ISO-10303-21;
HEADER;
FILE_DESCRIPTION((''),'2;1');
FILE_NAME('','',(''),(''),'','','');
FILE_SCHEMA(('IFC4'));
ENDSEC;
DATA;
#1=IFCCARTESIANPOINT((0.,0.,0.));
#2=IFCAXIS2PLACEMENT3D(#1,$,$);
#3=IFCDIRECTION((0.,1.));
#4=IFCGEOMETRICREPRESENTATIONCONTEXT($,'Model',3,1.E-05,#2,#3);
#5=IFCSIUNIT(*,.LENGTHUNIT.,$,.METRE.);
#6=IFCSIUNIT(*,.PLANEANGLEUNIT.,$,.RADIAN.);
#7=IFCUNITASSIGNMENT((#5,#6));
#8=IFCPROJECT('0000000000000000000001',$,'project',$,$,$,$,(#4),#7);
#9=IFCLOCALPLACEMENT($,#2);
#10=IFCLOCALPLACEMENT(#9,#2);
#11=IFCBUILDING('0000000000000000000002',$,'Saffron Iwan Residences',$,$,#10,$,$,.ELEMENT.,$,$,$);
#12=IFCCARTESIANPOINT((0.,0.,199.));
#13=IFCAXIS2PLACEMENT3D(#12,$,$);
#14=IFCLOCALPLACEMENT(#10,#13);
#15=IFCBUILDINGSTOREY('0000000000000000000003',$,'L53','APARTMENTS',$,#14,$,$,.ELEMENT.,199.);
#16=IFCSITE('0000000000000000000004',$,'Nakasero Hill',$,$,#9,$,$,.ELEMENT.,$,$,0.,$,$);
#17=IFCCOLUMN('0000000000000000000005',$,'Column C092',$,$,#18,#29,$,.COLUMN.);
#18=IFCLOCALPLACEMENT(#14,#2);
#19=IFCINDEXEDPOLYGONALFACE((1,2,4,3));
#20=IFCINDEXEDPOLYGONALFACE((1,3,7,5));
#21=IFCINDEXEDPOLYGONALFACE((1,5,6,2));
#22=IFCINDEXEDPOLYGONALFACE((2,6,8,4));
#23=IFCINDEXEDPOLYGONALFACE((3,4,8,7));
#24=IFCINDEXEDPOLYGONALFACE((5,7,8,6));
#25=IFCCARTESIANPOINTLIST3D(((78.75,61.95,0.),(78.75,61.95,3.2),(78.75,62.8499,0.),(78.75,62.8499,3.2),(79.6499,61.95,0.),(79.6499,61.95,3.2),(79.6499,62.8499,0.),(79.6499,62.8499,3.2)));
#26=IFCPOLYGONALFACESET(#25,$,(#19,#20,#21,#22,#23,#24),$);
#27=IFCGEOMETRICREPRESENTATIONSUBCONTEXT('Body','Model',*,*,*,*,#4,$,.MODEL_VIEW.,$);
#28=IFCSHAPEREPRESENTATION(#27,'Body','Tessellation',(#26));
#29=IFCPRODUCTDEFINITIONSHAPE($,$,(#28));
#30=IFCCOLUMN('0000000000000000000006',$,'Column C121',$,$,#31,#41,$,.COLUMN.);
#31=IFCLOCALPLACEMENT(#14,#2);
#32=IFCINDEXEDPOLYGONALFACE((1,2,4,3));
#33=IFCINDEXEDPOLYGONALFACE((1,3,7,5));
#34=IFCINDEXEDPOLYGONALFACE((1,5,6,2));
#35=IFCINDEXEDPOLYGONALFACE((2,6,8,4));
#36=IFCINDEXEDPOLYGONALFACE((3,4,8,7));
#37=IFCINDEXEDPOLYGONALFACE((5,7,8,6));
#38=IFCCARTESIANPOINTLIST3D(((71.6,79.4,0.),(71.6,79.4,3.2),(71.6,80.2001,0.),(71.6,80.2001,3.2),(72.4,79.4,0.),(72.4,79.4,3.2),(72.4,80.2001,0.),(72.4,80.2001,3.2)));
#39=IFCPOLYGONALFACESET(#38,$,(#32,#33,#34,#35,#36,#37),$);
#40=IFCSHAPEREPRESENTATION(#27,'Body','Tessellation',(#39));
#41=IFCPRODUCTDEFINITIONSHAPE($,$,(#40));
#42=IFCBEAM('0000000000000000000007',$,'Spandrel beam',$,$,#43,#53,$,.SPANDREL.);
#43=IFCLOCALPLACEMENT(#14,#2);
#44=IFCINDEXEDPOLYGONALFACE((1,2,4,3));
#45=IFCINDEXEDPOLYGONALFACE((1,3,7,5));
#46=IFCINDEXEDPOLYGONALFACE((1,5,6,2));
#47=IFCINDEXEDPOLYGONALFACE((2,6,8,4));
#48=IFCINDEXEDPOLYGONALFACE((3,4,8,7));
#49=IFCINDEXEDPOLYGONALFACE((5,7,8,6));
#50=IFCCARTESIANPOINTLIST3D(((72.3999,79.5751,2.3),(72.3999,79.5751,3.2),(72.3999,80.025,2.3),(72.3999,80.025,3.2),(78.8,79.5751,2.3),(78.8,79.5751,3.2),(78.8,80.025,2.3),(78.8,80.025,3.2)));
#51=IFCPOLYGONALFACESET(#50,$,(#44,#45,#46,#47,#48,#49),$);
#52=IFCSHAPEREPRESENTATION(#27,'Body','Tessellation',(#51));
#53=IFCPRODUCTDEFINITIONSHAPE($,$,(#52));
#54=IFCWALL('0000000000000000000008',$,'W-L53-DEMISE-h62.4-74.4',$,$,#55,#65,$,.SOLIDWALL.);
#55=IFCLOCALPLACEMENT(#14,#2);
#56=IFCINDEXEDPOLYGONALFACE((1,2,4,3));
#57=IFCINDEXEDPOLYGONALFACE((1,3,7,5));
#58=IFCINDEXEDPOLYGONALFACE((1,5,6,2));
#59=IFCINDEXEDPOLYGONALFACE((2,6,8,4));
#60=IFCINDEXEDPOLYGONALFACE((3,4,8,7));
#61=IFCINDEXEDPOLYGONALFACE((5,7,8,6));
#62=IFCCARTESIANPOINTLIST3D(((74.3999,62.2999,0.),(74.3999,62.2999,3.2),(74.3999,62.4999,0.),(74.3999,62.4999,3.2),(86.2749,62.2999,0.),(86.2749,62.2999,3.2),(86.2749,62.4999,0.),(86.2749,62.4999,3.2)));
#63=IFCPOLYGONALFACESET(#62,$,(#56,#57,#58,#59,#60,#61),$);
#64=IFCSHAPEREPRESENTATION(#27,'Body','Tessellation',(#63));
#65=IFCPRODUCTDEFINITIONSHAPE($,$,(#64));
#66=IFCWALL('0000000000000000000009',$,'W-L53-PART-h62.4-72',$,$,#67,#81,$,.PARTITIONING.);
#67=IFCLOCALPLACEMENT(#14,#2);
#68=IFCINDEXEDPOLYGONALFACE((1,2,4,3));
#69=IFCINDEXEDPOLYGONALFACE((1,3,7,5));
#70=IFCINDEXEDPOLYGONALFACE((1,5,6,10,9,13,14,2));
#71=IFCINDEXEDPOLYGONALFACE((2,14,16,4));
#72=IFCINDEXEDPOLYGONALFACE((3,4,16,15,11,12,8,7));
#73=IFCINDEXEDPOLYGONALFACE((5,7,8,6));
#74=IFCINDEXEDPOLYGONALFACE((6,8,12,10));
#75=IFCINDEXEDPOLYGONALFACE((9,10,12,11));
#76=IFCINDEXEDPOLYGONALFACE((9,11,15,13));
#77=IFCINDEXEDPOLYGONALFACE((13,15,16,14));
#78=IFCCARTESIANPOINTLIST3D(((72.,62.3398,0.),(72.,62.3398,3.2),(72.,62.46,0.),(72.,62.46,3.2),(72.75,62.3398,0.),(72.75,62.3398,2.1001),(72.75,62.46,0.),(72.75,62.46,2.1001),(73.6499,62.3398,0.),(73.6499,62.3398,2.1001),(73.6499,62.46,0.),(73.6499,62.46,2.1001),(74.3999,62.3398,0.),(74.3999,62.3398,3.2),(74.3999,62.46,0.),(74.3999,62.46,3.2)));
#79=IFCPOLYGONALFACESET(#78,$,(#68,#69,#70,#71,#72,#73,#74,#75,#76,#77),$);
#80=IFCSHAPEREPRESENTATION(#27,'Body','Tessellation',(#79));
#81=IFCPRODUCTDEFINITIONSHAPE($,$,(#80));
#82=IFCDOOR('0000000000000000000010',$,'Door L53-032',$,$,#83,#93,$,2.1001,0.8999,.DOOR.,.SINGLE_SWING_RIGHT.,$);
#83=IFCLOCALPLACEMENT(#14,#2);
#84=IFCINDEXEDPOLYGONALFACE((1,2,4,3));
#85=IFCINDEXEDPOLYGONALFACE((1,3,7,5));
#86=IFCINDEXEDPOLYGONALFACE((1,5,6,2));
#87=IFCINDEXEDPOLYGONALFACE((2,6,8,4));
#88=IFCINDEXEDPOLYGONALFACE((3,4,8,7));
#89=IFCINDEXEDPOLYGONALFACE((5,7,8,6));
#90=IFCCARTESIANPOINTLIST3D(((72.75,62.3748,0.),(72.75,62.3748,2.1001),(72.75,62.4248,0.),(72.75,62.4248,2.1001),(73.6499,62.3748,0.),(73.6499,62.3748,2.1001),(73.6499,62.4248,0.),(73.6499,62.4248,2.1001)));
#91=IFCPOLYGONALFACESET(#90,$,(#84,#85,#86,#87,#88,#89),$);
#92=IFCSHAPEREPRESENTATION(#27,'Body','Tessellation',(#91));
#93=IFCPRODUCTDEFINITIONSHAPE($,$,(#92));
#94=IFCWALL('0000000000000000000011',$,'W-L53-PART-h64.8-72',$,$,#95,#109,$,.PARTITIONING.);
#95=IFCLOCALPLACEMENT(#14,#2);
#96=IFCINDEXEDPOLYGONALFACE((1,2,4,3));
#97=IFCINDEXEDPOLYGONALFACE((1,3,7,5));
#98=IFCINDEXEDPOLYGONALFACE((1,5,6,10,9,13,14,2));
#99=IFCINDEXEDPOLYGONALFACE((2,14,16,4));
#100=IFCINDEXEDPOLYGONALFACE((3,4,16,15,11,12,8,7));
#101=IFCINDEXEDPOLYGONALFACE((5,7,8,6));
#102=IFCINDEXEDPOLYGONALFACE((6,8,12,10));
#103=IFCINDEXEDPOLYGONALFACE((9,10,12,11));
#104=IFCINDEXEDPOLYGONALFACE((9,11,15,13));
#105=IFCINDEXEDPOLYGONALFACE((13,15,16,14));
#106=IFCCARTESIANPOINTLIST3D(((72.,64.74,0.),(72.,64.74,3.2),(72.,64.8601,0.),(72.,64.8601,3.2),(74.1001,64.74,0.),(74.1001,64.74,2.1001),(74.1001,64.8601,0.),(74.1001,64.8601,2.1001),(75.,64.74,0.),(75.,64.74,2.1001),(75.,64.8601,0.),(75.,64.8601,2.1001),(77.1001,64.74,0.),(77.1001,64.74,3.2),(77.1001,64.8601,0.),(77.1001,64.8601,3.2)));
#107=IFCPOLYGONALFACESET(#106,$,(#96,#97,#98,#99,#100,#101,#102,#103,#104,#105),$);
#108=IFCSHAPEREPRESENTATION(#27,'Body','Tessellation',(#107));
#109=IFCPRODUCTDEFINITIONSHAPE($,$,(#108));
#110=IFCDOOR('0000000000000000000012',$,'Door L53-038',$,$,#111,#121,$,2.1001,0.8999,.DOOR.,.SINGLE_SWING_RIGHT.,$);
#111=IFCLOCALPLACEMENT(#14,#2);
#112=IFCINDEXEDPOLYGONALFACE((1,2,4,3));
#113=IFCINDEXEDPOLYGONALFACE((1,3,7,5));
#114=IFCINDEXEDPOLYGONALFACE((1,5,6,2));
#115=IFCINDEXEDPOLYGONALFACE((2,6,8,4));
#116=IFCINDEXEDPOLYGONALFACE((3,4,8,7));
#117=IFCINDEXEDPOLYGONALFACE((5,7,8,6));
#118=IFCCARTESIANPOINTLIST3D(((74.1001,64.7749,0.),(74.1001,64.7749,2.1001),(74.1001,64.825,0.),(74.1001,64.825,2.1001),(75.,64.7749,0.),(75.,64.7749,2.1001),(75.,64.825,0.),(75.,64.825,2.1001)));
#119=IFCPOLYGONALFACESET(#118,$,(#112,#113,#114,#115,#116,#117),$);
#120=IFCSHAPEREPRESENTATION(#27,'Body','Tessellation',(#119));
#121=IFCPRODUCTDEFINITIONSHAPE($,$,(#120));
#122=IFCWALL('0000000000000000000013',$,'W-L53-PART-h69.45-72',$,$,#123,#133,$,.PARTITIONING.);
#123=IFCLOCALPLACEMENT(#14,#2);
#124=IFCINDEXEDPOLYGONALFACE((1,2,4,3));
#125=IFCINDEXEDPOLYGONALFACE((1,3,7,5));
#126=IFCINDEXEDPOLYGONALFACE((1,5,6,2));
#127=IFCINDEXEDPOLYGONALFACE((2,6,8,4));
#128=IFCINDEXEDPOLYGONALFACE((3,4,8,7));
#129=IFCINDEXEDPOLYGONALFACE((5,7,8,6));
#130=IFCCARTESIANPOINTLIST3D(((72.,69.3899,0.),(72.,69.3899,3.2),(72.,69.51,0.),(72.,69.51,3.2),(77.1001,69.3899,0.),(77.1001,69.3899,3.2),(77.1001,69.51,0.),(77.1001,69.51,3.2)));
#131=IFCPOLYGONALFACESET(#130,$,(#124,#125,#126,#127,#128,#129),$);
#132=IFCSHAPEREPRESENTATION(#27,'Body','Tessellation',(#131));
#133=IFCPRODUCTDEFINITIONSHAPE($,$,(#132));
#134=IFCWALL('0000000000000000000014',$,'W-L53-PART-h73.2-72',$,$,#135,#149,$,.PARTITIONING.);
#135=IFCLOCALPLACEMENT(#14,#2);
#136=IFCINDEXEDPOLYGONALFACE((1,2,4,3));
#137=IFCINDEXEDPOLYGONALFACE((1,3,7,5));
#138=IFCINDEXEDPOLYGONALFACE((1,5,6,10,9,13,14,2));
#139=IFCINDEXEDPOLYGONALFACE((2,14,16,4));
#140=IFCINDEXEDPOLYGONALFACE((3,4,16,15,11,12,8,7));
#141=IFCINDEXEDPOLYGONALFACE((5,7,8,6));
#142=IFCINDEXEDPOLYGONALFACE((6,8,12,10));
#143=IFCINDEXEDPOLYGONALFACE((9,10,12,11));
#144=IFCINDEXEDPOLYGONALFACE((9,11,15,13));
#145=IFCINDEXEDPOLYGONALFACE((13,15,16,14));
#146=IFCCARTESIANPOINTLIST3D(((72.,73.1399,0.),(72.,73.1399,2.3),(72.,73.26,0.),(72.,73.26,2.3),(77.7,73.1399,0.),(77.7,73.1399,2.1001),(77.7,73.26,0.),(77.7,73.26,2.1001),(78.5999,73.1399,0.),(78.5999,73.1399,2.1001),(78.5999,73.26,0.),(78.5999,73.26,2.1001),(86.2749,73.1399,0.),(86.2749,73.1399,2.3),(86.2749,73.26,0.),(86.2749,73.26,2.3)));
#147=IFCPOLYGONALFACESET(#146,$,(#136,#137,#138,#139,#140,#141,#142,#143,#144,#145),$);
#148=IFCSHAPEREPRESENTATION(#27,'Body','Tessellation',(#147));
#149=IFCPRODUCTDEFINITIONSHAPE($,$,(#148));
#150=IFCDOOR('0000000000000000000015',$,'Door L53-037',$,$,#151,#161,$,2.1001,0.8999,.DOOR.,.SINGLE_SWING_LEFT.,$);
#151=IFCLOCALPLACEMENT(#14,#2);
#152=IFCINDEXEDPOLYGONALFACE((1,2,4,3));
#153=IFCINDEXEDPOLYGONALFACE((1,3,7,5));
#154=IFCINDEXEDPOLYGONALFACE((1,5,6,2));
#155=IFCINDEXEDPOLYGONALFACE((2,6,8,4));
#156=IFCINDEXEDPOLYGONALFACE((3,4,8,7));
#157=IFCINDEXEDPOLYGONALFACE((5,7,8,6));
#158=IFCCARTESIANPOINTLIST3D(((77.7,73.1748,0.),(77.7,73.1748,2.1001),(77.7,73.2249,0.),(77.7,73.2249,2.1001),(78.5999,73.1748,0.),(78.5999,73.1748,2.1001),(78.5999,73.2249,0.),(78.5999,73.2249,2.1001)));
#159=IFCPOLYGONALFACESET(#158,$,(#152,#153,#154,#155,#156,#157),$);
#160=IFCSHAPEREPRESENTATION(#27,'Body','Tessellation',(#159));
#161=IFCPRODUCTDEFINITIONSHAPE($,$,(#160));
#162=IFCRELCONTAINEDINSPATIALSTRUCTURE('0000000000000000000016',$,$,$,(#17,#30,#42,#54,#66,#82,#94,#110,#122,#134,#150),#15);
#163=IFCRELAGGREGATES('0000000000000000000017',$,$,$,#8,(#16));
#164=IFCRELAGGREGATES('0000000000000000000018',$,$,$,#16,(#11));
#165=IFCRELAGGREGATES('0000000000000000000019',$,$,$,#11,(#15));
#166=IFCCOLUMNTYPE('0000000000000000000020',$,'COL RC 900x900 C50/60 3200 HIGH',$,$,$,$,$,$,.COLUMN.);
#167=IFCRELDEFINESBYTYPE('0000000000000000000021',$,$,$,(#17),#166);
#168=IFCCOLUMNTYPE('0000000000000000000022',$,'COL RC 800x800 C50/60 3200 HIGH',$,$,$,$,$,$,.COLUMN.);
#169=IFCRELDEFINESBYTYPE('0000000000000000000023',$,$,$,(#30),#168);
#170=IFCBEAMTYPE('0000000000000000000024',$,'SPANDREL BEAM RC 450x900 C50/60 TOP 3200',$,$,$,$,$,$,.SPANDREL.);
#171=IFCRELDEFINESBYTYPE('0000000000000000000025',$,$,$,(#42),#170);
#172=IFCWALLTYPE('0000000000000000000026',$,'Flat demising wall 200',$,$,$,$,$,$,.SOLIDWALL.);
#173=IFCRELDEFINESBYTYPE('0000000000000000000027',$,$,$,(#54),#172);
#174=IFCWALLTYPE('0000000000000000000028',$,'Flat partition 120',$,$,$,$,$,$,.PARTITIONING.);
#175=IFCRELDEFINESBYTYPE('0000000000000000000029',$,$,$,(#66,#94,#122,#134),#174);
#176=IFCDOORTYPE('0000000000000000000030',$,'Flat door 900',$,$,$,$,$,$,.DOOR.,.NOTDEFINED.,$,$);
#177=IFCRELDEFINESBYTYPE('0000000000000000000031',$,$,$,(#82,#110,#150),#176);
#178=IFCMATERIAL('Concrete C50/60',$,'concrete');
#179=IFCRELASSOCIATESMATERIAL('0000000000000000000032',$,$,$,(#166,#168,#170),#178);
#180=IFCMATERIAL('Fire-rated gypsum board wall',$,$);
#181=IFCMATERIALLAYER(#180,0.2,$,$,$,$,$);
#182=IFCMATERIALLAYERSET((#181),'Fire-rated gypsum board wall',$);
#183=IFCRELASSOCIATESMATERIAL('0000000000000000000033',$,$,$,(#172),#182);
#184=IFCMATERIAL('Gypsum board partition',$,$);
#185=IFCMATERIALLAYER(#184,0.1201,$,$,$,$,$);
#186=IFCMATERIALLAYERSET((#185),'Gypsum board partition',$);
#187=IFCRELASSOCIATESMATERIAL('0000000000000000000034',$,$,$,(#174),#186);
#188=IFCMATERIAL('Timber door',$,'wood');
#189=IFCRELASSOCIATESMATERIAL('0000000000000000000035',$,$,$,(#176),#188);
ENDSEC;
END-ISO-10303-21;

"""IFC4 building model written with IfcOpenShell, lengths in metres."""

from ifc_helpers import new_model, si_unit, direction, frame, frame_2d, origin, origin_2d, place, context, subcontext, project, spatial, rectangle, extrude, source, transform, mapped, material, layer, layer_set, material_profile, profile_set, type_object, element, fill, save


model = new_model("IFC4")

# Units and contexts
model_context = context("Model", 3, precision=1e-05, world=origin(), true_north=direction((0.0, 1.0)))
body_context = subcontext(model_context, "Body", "Model", "MODEL_VIEW")
ifc_project = project(units=[si_unit("LENGTHUNIT", "METRE"), si_unit("PLANEANGLEUNIT", "RADIAN")], contexts=[model_context])

# Site, building, storey
site_placement = place(None, origin())
site = spatial("IfcSite", under=ifc_project, at=site_placement, Name="Nakasero Hill", CompositionType="ELEMENT", RefElevation=0.0)
building_placement = place(site_placement, origin())
building = spatial("IfcBuilding", under=site, at=building_placement, Name="Saffron Iwan Residences", CompositionType="ELEMENT")
storey_placement = place(building_placement, frame((0.0, 0.0, 199.0)))
storey = spatial("IfcBuildingStorey", under=building, at=storey_placement, Name="L53", Description="APARTMENTS", CompositionType="ELEMENT", Elevation=199.0)

# Columns
ifc_material_1 = material(Name="Concrete C50/60", Category="concrete")
ifc_material_profile_1 = material_profile(ifc_material_1, rectangle(XDim=0.8999, YDim=0.8999, at=origin_2d()), Name="RC 900x900")
ifc_profile_set_1 = profile_set([ifc_material_profile_1], Name="Concrete C50/60")
column_type_1 = type_object("IfcColumnType", Name="COL RC 900x900 C50/60 3200 HIGH", PredefinedType="COLUMN", material=ifc_profile_set_1)
shared_shape_1 = source(origin(), body_context, "Body", "SweptSolid", [
    extrude(rectangle(XDim=0.8999, YDim=0.8999, at=origin_2d()), origin(), (0.0, 0.0, 1.0), 3.2),
])
column_1_placement = place(storey_placement, frame((79.2, 62.3999, 0.0), z_axis=(0.0, 0.0, 1.0), x_axis=(1.0, 0.0, 0.0)))
element("IfcColumn", 1, at=column_1_placement, inside=storey, type_object=column_type_1, Name="Column C092", PredefinedType="COLUMN", context=body_context, shape_type="MappedRepresentation", body=[
    mapped(shared_shape_1, transform((0.0, 0.0, 0.0))),
])
ifc_material_profile_2 = material_profile(ifc_material_1, rectangle(XDim=0.8, YDim=0.8, at=origin_2d()), Name="RC 800x800")
ifc_profile_set_2 = profile_set([ifc_material_profile_2], Name="Concrete C50/60")
column_type_2 = type_object("IfcColumnType", Name="COL RC 800x800 C50/60 3200 HIGH", PredefinedType="COLUMN", material=ifc_profile_set_2)
shared_shape_2 = source(origin(), body_context, "Body", "SweptSolid", [
    extrude(rectangle(XDim=0.8, YDim=0.8, at=origin_2d()), origin(), (0.0, 0.0, 1.0), 3.2),
])
column_2_placement = place(storey_placement, frame((72.0, 79.8, 0.0), z_axis=(0.0, 0.0, 1.0), x_axis=(1.0, 0.0, 0.0)))
element("IfcColumn", 2, at=column_2_placement, inside=storey, type_object=column_type_2, Name="Column C121", PredefinedType="COLUMN", context=body_context, shape_type="MappedRepresentation", body=[
    mapped(shared_shape_2, transform((0.0, 0.0, 0.0))),
])

# Beam
ifc_material_profile_3 = material_profile(ifc_material_1, rectangle(XDim=0.45, YDim=0.8999, at=origin_2d()), Name="RC 450x900")
ifc_profile_set_3 = profile_set([ifc_material_profile_3], Name="Concrete C50/60")
beam_type = type_object("IfcBeamType", Name="SPANDREL BEAM RC 450x900 C50/60 TOP 3200", PredefinedType="SPANDREL", material=ifc_profile_set_3)
shared_shape_3 = source(origin(), body_context, "Body", "SweptSolid", [
    extrude(rectangle(XDim=0.45, YDim=0.8999, at=origin_2d()), origin(), (0.0, 0.0, 1.0), 6.4001),
])
beam_placement = place(storey_placement, frame((72.3999, 79.8, 2.75), z_axis=(1.0, 0.0, 0.0), x_axis=(0.0, 1.0, 0.0)))
element("IfcBeam", 3, at=beam_placement, inside=storey, type_object=beam_type, Name="Spandrel beam", PredefinedType="SPANDREL", context=body_context, shape_type="MappedRepresentation", body=[
    mapped(shared_shape_3, transform((0.0, 0.0, 0.0))),
])

# Wall
ifc_material_2 = material(Name="Fire-rated gypsum board wall")
ifc_layer_1 = layer(ifc_material_2, 0.2)
ifc_layer_set_1 = layer_set([ifc_layer_1], Name="Fire-rated gypsum board wall")
wall_type_1 = type_object("IfcWallType", Name="Flat demising wall 200", PredefinedType="SOLIDWALL", material=ifc_layer_set_1)
wall_1_placement = place(storey_placement, frame((74.3999, 62.3999, 0.0), z_axis=(0.0, 0.0, 1.0), x_axis=(1.0, 0.0, 0.0)))
element("IfcWall", 4, at=wall_1_placement, inside=storey, type_object=wall_type_1, Name="W-L53-DEMISE-h62.4-74.4", PredefinedType="SOLIDWALL", context=body_context, shape_type="SweptSolid", body=[
    extrude(rectangle(XDim=11.875, YDim=0.2, at=frame_2d((5.9375, 0.0))), origin(), (0.0, 0.0, 1.0), 3.2),
])

# Walls, openings, doors
ifc_material_3 = material(Name="Gypsum board partition")
ifc_layer_2 = layer(ifc_material_3, 0.1201)
ifc_layer_set_2 = layer_set([ifc_layer_2], Name="Gypsum board partition")
wall_type_2 = type_object("IfcWallType", Name="Flat partition 120", PredefinedType="PARTITIONING", material=ifc_layer_set_2)
wall_2_placement = place(storey_placement, frame((72.0, 62.3999, 0.0), z_axis=(0.0, 0.0, 1.0), x_axis=(1.0, 0.0, 0.0)))
wall_2 = element("IfcWall", 5, at=wall_2_placement, inside=storey, type_object=wall_type_2, Name="W-L53-PART-h62.4-72", PredefinedType="PARTITIONING", context=body_context, shape_type="SweptSolid", body=[
    extrude(rectangle(XDim=2.3999, YDim=0.1201, at=frame_2d((1.2, 0.0))), origin(), (0.0, 0.0, 1.0), 3.2),
])
opening_1_placement = place(wall_2_placement, frame((0.75, 0.0, 0.0)))
opening_1 = element("IfcOpeningElement", 6, at=opening_1_placement, cuts=wall_2, PredefinedType="OPENING", context=body_context, shape_type="SweptSolid", body=[
    extrude(rectangle(XDim=0.8999, YDim=2.1001, at=frame_2d((0.45, 1.05))), frame((0.0, 0.0701, 0.0), z_axis=(0.0, -1.0, 0.0), x_axis=(1.0, 0.0, 0.0)), (0.0, 0.0, 1.0), 0.1401),
])
ifc_material_4 = material(Name="Timber door", Category="wood")
door_type_1 = type_object("IfcDoorType", Name="Flat door 900", OperationType="NOTDEFINED", PredefinedType="DOOR", material=ifc_material_4)
door_1_placement = place(opening_1_placement, origin())
door_1 = element("IfcDoor", 7, at=door_1_placement, inside=storey, type_object=door_type_1, Name="Door L53-032", OperationType="SINGLE_SWING_RIGHT", OverallHeight=2.1001, OverallWidth=0.8999, PredefinedType="DOOR", context=body_context, shape_type="SweptSolid", body=[
    extrude(rectangle(XDim=0.8999, YDim=2.1001, at=frame_2d((0.45, 1.05))), frame((0.0, 0.0249, 0.0), z_axis=(0.0, -1.0, 0.0), x_axis=(1.0, 0.0, 0.0)), (0.0, 0.0, 1.0), 0.05),
])
fill(opening_1, door_1)
wall_3_placement = place(storey_placement, frame((72.0, 64.8, 0.0), z_axis=(0.0, 0.0, 1.0), x_axis=(1.0, 0.0, 0.0)))
wall_3 = element("IfcWall", 8, at=wall_3_placement, inside=storey, type_object=wall_type_2, Name="W-L53-PART-h64.8-72", PredefinedType="PARTITIONING", context=body_context, shape_type="SweptSolid", body=[
    extrude(rectangle(XDim=5.1001, YDim=0.1201, at=frame_2d((2.55, 0.0))), origin(), (0.0, 0.0, 1.0), 3.2),
])
opening_2_placement = place(wall_3_placement, frame((2.1001, 0.0, 0.0)))
opening_2 = element("IfcOpeningElement", 9, at=opening_2_placement, cuts=wall_3, PredefinedType="OPENING", context=body_context, shape_type="SweptSolid", body=[
    extrude(rectangle(XDim=0.8999, YDim=2.1001, at=frame_2d((0.45, 1.05))), frame((0.0, 0.0701, 0.0), z_axis=(0.0, -1.0, 0.0), x_axis=(1.0, 0.0, 0.0)), (0.0, 0.0, 1.0), 0.1401),
])
door_2_placement = place(opening_2_placement, origin())
door_2 = element("IfcDoor", 10, at=door_2_placement, inside=storey, type_object=door_type_1, Name="Door L53-038", OperationType="SINGLE_SWING_RIGHT", OverallHeight=2.1001, OverallWidth=0.8999, PredefinedType="DOOR", context=body_context, shape_type="SweptSolid", body=[
    extrude(rectangle(XDim=0.8999, YDim=2.1001, at=frame_2d((0.45, 1.05))), frame((0.0, 0.0249, 0.0), z_axis=(0.0, -1.0, 0.0), x_axis=(1.0, 0.0, 0.0)), (0.0, 0.0, 1.0), 0.05),
])
fill(opening_2, door_2)

# Wall
wall_4_placement = place(storey_placement, frame((72.0, 69.45, 0.0), z_axis=(0.0, 0.0, 1.0), x_axis=(1.0, 0.0, 0.0)))
element("IfcWall", 11, at=wall_4_placement, inside=storey, type_object=wall_type_2, Name="W-L53-PART-h69.45-72", PredefinedType="PARTITIONING", context=body_context, shape_type="SweptSolid", body=[
    extrude(rectangle(XDim=5.1001, YDim=0.1201, at=frame_2d((2.55, 0.0))), origin(), (0.0, 0.0, 1.0), 3.2),
])

# Wall, opening, door
wall_5_placement = place(storey_placement, frame((72.0, 73.2, 0.0), z_axis=(0.0, 0.0, 1.0), x_axis=(1.0, 0.0, 0.0)))
wall_5 = element("IfcWall", 12, at=wall_5_placement, inside=storey, type_object=wall_type_2, Name="W-L53-PART-h73.2-72", PredefinedType="PARTITIONING", context=body_context, shape_type="SweptSolid", body=[
    extrude(rectangle(XDim=14.2749, YDim=0.1201, at=frame_2d((7.1375, 0.0))), origin(), (0.0, 0.0, 1.0), 2.3),
])
opening_3_placement = place(wall_5_placement, frame((5.7, 0.0, 0.0)))
opening_3 = element("IfcOpeningElement", 13, at=opening_3_placement, cuts=wall_5, PredefinedType="OPENING", context=body_context, shape_type="SweptSolid", body=[
    extrude(rectangle(XDim=0.8999, YDim=2.1001, at=frame_2d((0.45, 1.05))), frame((0.0, 0.0701, 0.0), z_axis=(0.0, -1.0, 0.0), x_axis=(1.0, 0.0, 0.0)), (0.0, 0.0, 1.0), 0.1401),
])
door_3_placement = place(opening_3_placement, origin())
door_3 = element("IfcDoor", 14, at=door_3_placement, inside=storey, type_object=door_type_1, Name="Door L53-037", OperationType="SINGLE_SWING_LEFT", OverallHeight=2.1001, OverallWidth=0.8999, PredefinedType="DOOR", context=body_context, shape_type="SweptSolid", body=[
    extrude(rectangle(XDim=0.8999, YDim=2.1001, at=frame_2d((0.45, 1.05))), frame((0.0, 0.0249, 0.0), z_axis=(0.0, -1.0, 0.0), x_axis=(1.0, 0.0, 0.0)), (0.0, 0.0, 1.0), 0.05),
])
fill(opening_3, door_3)

save(model, "model.ifc")
